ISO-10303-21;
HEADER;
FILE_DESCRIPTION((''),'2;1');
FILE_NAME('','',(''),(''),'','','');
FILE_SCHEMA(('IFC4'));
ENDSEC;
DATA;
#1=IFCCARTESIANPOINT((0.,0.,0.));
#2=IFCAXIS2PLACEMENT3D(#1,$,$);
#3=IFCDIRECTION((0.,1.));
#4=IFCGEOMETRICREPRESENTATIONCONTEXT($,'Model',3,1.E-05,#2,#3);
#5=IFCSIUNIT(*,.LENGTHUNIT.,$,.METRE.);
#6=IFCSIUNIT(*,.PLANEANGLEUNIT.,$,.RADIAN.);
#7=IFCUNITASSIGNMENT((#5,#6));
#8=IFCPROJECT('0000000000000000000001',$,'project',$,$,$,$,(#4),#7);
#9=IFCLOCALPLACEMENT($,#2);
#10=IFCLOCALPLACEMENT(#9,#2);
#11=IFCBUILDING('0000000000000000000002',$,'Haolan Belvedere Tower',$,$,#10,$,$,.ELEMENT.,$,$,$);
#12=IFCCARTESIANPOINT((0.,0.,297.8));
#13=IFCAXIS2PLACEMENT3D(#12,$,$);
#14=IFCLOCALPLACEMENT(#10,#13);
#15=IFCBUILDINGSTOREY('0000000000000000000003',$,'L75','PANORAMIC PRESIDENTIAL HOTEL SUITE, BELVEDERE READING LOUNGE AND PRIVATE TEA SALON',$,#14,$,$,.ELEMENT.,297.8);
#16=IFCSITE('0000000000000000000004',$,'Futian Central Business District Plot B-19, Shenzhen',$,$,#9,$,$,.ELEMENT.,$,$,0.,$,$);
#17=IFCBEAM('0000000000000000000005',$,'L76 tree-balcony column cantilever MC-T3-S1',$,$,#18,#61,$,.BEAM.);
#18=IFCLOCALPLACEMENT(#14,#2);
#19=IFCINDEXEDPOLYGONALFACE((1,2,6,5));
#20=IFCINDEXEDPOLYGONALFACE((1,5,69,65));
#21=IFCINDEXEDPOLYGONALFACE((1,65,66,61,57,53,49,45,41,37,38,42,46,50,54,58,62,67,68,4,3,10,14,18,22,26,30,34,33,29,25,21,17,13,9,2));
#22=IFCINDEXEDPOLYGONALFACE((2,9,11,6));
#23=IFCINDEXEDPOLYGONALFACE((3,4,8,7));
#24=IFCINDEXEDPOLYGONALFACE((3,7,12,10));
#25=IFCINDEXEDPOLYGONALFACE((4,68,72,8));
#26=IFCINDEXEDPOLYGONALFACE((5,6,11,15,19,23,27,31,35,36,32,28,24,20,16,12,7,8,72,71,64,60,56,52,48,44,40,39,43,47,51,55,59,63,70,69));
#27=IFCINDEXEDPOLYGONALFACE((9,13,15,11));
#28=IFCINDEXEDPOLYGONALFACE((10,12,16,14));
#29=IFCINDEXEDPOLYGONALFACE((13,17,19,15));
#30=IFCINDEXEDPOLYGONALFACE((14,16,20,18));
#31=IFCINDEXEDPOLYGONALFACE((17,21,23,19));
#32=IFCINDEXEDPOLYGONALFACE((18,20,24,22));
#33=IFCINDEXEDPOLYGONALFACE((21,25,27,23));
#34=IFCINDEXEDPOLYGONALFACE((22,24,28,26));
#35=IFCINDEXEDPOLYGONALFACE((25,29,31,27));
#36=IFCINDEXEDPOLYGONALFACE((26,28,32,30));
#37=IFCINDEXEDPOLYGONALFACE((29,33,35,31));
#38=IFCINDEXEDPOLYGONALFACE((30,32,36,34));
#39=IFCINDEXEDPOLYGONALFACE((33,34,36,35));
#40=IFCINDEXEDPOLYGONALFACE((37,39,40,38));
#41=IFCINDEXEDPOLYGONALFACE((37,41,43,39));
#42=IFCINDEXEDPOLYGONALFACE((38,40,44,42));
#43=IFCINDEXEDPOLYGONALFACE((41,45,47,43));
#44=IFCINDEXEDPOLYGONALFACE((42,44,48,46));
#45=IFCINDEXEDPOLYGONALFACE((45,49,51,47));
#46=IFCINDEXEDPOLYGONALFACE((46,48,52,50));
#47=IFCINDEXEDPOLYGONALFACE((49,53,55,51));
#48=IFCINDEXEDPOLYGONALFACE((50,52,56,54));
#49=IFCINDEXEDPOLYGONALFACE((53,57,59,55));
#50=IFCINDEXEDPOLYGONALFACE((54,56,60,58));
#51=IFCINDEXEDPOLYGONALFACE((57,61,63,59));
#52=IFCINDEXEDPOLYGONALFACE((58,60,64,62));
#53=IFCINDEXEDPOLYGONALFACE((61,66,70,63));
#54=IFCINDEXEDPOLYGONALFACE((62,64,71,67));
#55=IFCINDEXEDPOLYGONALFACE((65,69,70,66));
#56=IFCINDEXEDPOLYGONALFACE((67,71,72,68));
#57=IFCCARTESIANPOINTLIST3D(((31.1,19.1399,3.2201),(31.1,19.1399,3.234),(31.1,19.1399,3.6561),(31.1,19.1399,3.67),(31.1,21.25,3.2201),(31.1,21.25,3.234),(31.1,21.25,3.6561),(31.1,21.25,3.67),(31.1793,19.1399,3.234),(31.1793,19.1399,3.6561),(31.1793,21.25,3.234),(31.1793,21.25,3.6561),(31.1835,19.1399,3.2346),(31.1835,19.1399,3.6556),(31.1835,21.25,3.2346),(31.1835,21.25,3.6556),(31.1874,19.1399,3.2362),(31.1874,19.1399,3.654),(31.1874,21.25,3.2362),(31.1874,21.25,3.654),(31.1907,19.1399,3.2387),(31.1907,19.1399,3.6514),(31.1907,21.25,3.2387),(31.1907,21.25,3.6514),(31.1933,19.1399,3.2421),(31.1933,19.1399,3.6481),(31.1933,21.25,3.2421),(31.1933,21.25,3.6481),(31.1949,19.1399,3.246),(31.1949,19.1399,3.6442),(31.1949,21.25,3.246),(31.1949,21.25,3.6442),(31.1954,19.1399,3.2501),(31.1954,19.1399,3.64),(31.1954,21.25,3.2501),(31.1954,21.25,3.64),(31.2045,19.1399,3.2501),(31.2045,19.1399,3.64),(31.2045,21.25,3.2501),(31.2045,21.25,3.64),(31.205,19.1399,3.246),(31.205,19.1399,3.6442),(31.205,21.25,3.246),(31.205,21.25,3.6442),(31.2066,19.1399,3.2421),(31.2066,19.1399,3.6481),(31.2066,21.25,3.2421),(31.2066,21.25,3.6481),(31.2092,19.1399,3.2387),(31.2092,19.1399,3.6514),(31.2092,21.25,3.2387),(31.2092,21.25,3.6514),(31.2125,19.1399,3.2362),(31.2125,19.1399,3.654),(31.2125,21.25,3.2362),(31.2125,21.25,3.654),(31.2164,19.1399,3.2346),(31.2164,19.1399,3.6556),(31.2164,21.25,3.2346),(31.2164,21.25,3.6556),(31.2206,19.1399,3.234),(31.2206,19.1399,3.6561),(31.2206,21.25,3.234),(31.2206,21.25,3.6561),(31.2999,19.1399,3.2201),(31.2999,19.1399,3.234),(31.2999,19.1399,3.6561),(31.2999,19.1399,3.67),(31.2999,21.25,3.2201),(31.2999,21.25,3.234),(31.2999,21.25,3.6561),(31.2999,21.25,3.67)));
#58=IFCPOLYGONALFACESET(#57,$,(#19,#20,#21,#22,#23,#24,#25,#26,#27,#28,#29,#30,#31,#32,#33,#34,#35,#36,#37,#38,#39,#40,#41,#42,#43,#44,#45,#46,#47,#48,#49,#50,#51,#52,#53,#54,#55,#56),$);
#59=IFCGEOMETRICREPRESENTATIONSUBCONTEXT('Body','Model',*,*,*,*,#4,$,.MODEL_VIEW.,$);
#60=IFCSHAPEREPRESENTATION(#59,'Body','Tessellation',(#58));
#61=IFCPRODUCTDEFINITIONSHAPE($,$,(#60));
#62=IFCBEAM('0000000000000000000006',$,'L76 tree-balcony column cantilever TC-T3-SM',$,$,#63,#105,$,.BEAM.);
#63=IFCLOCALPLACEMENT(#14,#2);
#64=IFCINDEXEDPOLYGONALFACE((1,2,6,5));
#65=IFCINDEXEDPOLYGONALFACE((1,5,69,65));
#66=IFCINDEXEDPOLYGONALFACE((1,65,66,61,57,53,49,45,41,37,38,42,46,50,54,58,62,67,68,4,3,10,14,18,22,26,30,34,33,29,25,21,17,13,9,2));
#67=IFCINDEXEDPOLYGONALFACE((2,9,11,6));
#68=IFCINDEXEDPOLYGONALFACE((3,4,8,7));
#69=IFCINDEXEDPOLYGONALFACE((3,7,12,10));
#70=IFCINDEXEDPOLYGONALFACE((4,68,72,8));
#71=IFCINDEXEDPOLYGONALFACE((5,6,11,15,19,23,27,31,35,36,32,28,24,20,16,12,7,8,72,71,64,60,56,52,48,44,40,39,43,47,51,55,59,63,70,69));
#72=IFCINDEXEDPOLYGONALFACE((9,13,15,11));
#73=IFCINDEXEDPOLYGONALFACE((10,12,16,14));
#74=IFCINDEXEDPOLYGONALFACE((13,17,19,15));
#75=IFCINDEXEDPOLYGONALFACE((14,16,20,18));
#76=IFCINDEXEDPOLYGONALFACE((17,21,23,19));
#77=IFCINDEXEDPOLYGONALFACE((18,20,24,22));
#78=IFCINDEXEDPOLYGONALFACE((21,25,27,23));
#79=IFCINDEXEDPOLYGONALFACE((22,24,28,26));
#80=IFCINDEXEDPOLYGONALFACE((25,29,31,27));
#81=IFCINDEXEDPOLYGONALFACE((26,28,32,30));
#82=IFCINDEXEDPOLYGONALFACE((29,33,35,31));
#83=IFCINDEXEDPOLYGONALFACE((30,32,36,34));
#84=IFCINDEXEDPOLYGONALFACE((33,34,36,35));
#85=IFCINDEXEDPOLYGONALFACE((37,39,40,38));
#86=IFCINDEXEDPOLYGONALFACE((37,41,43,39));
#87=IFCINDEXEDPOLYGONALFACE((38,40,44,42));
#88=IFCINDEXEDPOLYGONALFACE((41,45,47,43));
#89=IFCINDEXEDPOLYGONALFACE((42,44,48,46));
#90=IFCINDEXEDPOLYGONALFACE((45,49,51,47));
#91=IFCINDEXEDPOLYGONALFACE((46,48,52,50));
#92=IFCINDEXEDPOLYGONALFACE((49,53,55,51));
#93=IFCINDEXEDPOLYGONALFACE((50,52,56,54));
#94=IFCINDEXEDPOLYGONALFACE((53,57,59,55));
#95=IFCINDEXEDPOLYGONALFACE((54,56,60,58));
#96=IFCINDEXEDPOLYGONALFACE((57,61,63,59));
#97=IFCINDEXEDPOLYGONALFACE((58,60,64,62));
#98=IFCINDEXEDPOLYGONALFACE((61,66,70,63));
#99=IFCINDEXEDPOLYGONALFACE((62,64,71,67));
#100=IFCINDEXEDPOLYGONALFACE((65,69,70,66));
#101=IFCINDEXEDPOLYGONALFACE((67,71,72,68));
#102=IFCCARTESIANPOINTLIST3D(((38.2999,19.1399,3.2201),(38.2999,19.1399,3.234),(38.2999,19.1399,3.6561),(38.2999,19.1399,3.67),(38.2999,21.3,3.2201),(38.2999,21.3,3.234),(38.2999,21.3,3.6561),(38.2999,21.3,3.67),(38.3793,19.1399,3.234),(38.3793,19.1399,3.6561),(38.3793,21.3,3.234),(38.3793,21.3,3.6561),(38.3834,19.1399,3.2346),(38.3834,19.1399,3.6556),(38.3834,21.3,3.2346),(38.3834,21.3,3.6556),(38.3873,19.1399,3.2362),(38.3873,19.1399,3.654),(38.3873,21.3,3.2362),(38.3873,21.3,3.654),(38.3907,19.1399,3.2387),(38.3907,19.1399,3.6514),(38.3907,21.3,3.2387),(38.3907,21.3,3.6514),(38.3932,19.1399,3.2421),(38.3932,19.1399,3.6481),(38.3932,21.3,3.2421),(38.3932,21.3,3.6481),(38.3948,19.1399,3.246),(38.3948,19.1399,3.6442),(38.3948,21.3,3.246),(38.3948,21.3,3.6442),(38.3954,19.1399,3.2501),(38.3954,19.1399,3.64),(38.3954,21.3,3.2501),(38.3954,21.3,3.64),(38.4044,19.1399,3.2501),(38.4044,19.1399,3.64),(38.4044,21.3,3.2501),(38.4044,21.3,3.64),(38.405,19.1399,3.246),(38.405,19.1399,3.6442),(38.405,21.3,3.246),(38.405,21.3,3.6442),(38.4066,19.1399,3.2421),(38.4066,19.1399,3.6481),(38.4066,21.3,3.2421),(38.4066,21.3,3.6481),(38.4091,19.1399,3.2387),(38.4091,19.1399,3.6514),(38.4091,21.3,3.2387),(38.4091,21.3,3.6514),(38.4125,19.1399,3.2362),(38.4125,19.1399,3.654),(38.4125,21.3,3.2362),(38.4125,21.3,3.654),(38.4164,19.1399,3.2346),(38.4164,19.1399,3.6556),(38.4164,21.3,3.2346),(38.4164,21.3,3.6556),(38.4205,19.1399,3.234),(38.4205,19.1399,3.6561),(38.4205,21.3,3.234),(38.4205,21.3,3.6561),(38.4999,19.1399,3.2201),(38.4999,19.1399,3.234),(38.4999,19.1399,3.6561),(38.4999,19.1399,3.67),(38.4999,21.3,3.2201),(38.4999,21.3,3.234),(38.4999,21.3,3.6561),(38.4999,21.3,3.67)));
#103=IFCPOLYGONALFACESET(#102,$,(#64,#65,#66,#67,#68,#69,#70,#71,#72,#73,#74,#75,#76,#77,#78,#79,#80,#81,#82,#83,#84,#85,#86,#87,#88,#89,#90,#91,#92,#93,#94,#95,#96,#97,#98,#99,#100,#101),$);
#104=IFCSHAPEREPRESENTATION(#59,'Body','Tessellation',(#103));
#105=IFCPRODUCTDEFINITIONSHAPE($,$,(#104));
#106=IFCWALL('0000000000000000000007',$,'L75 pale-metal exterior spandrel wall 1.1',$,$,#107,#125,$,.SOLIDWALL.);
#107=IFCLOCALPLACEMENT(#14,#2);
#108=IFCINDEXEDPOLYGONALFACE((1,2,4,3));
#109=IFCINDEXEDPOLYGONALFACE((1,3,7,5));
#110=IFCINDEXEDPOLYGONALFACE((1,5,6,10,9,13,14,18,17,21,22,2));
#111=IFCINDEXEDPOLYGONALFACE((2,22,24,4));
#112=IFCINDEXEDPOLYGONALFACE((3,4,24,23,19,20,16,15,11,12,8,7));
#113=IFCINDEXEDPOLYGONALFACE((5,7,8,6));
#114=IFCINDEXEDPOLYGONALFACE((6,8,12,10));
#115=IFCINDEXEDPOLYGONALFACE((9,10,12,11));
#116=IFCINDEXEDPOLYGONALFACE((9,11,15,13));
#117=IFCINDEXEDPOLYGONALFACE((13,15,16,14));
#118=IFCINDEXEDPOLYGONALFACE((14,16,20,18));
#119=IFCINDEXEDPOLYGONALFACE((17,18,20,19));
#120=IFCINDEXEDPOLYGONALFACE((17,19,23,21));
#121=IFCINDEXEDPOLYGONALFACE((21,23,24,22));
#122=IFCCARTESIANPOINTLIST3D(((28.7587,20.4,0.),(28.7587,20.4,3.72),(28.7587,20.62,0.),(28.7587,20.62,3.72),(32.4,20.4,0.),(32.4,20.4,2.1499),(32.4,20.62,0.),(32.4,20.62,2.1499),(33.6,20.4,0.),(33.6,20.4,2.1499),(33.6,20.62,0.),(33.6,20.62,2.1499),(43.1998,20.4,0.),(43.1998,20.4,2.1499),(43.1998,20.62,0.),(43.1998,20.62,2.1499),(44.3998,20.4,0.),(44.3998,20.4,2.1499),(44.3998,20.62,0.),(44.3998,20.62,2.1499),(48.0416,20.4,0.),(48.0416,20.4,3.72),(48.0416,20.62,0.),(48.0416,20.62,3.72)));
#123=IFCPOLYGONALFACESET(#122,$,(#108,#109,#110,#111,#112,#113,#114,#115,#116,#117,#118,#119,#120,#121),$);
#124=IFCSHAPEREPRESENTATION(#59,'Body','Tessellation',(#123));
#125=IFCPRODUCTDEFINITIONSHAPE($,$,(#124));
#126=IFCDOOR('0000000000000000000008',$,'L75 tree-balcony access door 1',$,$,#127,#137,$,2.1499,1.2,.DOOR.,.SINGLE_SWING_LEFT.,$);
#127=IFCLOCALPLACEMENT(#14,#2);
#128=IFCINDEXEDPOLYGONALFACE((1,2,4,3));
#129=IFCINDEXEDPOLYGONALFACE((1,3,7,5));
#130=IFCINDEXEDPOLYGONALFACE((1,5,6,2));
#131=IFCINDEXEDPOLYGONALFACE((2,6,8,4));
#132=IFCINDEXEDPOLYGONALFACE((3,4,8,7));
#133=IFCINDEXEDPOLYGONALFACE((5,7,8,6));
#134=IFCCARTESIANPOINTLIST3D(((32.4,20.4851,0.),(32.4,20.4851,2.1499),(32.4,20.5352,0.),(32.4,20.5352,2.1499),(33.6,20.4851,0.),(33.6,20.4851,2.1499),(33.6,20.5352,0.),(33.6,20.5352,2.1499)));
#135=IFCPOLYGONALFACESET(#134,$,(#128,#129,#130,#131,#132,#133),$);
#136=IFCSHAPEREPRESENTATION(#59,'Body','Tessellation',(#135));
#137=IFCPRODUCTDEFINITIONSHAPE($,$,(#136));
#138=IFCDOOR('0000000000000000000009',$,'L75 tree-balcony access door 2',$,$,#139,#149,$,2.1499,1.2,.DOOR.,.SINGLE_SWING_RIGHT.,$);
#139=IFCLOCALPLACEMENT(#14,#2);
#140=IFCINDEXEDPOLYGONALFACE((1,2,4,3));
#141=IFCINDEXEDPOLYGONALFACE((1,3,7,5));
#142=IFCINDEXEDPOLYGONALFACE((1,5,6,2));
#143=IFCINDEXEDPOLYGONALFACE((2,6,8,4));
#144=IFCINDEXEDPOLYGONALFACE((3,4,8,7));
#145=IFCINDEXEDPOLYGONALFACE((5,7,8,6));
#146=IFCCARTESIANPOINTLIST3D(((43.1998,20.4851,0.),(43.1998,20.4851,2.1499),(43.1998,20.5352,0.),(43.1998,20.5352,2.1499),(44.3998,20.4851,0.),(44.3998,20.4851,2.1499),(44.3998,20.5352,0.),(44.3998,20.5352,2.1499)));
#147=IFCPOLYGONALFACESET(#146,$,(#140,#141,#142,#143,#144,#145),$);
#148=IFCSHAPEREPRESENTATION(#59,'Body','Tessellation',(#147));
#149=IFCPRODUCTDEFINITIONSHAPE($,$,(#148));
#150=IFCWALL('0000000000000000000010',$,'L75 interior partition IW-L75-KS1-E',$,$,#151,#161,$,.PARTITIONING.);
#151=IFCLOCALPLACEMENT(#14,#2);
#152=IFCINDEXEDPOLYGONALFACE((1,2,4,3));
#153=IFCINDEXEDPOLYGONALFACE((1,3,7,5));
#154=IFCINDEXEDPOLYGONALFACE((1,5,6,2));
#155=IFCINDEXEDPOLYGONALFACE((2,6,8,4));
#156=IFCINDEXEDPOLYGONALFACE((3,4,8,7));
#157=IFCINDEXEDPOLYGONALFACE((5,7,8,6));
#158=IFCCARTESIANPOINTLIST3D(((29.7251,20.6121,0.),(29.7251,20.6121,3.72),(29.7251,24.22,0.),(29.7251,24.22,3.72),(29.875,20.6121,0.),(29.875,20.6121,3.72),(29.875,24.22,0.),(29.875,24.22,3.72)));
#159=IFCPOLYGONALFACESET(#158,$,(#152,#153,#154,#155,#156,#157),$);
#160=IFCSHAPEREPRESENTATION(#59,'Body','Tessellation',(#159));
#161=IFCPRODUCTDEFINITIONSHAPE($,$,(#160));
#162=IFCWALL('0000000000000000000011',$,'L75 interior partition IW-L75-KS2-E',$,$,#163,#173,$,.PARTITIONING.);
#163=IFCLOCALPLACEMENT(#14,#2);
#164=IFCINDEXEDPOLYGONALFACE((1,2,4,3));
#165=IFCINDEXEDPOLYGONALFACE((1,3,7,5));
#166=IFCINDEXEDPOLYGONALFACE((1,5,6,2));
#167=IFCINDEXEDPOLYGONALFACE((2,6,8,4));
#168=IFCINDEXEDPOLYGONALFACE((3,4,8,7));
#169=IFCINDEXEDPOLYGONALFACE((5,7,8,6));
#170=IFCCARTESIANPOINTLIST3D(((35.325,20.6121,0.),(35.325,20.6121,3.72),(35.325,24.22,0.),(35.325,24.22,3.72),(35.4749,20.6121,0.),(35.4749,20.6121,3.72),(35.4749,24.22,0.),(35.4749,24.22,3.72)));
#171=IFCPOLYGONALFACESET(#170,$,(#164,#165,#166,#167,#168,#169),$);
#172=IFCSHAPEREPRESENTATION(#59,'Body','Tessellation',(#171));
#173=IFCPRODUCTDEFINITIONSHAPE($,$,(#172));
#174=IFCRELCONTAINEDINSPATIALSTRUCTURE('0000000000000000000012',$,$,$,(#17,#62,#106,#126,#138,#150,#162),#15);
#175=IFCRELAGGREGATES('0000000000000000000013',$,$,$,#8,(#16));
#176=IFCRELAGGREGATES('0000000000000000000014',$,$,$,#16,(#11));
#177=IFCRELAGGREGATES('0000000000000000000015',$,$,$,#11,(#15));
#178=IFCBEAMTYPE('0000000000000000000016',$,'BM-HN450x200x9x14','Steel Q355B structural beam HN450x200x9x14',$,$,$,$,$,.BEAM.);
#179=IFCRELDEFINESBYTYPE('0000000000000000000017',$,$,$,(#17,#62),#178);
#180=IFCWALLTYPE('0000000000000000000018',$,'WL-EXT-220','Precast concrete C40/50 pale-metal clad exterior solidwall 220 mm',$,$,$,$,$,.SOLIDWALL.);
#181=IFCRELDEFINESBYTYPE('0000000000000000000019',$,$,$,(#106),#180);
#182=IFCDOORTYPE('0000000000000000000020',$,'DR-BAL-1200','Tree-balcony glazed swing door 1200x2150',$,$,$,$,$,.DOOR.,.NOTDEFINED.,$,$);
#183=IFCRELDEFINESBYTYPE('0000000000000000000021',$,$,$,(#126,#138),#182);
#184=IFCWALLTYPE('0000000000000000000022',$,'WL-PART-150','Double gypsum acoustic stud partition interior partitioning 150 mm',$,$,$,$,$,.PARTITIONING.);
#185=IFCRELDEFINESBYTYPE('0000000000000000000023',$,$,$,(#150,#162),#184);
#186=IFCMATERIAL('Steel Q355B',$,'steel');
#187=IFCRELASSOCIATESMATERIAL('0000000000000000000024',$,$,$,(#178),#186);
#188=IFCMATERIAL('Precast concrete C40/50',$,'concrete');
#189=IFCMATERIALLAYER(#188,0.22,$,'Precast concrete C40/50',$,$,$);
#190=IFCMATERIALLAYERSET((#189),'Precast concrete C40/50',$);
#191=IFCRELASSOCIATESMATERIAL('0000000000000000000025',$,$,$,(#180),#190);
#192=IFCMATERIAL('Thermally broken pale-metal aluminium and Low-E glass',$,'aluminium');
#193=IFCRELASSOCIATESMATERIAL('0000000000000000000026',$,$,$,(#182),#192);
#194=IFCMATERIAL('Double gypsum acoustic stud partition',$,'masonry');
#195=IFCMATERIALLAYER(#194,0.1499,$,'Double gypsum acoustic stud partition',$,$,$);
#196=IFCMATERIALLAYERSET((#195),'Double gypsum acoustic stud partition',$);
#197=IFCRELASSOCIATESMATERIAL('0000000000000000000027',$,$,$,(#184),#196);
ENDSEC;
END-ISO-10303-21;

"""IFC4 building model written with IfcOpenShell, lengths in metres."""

from ifc_helpers import new_model, si_unit, direction, frame, frame_2d, origin, origin_2d, place, context, subcontext, project, spatial, rectangle, i_section, extrude, material, layer, layer_set, material_profile, profile_set, type_object, element, fill, save


model = new_model("IFC4")

# Units and contexts
model_context = context("Model", 3, precision=1e-05, world=origin(), true_north=direction((0.0, 1.0)))
body_context = subcontext(model_context, "Body", "Model", "MODEL_VIEW")
ifc_project = project(units=[si_unit("LENGTHUNIT", "METRE"), si_unit("PLANEANGLEUNIT", "RADIAN")], contexts=[model_context])

# Site, building, storey
site_placement = place(None, origin())
site = spatial("IfcSite", under=ifc_project, at=site_placement, Name="Futian Central Business District Plot B-19, Shenzhen", CompositionType="ELEMENT", RefElevation=0.0)
building_placement = place(site_placement, origin())
building = spatial("IfcBuilding", under=site, at=building_placement, Name="Haolan Belvedere Tower", CompositionType="ELEMENT")
storey_placement = place(building_placement, frame((0.0, 0.0, 297.8)))
storey = spatial("IfcBuildingStorey", under=building, at=storey_placement, Name="L75", Description="PANORAMIC PRESIDENTIAL HOTEL SUITE, BELVEDERE READING LOUNGE AND PRIVATE TEA SALON", CompositionType="ELEMENT", Elevation=297.8)

# Beams
ifc_material_1 = material(Name="Steel Q355B", Category="steel")
ifc_material_profile_1 = material_profile(ifc_material_1, i_section(OverallWidth=0.2, OverallDepth=0.45, WebThickness=0.009, FlangeThickness=0.0139, FilletRadius=0.0161, at=origin_2d()), Name="Steel Q355B")
ifc_profile_set_1 = profile_set([ifc_material_profile_1], Name="Steel Q355B")
beam_type_1 = type_object("IfcBeamType", Name="BM-HN450x200x9x14", Description="Steel Q355B structural beam HN450x200x9x14", PredefinedType="BEAM", material=ifc_profile_set_1)
beam_1_placement = place(storey_placement, frame((31.2, 21.25, 3.4451), z_axis=(0.0, -1.0, 0.0), x_axis=(1.0, 0.0, 0.0)))
element("IfcBeam", 1, at=beam_1_placement, inside=storey, type_object=beam_type_1, Name="L76 tree-balcony column cantilever MC-T3-S1", PredefinedType="BEAM", context=body_context, shape_type="SweptSolid", body=[
    extrude(i_section(OverallWidth=0.2, OverallDepth=0.45, WebThickness=0.009, FlangeThickness=0.0139, FilletRadius=0.0161, at=origin_2d()), origin(), (0.0, 0.0, 1.0), 2.1101),
])
beam_2_placement = place(storey_placement, frame((38.3999, 21.3, 3.4451), z_axis=(0.0, -1.0, 0.0), x_axis=(1.0, 0.0, 0.0)))
element("IfcBeam", 2, at=beam_2_placement, inside=storey, type_object=beam_type_1, Name="L76 tree-balcony column cantilever TC-T3-SM", PredefinedType="BEAM", context=body_context, shape_type="SweptSolid", body=[
    extrude(i_section(OverallWidth=0.2, OverallDepth=0.45, WebThickness=0.009, FlangeThickness=0.0139, FilletRadius=0.0161, at=origin_2d()), origin(), (0.0, 0.0, 1.0), 2.1602),
])

# Wall, openings, doors
ifc_material_2 = material(Name="Precast concrete C40/50", Category="concrete")
ifc_layer_1 = layer(ifc_material_2, 0.22, Name="Precast concrete C40/50")
ifc_layer_set_1 = layer_set([ifc_layer_1], Name="Precast concrete C40/50")
wall_type_1 = type_object("IfcWallType", Name="WL-EXT-220", Description="Precast concrete C40/50 pale-metal clad exterior solidwall 220 mm", PredefinedType="SOLIDWALL", material=ifc_layer_set_1)
wall_placement = place(storey_placement, frame((28.7585, 20.51, 0.0), z_axis=(0.0, 0.0, 1.0), x_axis=(1.0, 0.0, 0.0)))
wall = element("IfcWall", 3, at=wall_placement, inside=storey, type_object=wall_type_1, Name="L75 pale-metal exterior spandrel wall 1.1", PredefinedType="SOLIDWALL", context=body_context, shape_type="SweptSolid", body=[
    extrude(rectangle(XDim=19.283, YDim=0.22, at=frame_2d((9.6416, 0.0))), origin(), (0.0, 0.0, 1.0), 3.72),
])
opening_1_placement = place(wall_placement, frame((4.8416, 0.0, 0.0), z_axis=(0.0, 0.0, 1.0), x_axis=(-1.0, 0.0, 0.0)))
opening_1 = element("IfcOpeningElement", 4, at=opening_1_placement, cuts=wall, PredefinedType="OPENING", context=body_context, shape_type="SweptSolid", body=[
    extrude(rectangle(XDim=1.2, YDim=2.1499, at=frame_2d((0.6001, 1.075))), frame((0.0, 0.1199, 0.0), z_axis=(0.0, -1.0, 0.0), x_axis=(1.0, 0.0, 0.0)), (0.0, 0.0, 1.0), 0.24),
])
opening_2_placement = place(wall_placement, frame((15.6414, 0.0, 0.0), z_axis=(0.0, 0.0, 1.0), x_axis=(-1.0, 0.0, 0.0)))
opening_2 = element("IfcOpeningElement", 5, at=opening_2_placement, cuts=wall, PredefinedType="OPENING", context=body_context, shape_type="SweptSolid", body=[
    extrude(rectangle(XDim=1.2, YDim=2.1499, at=frame_2d((0.6001, 1.075))), frame((0.0, 0.1199, 0.0), z_axis=(0.0, -1.0, 0.0), x_axis=(1.0, 0.0, 0.0)), (0.0, 0.0, 1.0), 0.24),
])
ifc_material_3 = material(Name="Thermally broken pale-metal aluminium and Low-E glass", Category="aluminium")
door_type = type_object("IfcDoorType", Name="DR-BAL-1200", Description="Tree-balcony glazed swing door 1200x2150", OperationType="NOTDEFINED", PredefinedType="DOOR", material=ifc_material_3)
door_1_placement = place(opening_1_placement, origin())
door_1 = element("IfcDoor", 6, at=door_1_placement, inside=storey, type_object=door_type, Name="L75 tree-balcony access door 1", OperationType="SINGLE_SWING_LEFT", OverallHeight=2.1499, OverallWidth=1.2, PredefinedType="DOOR", context=body_context, shape_type="SweptSolid", body=[
    extrude(rectangle(XDim=1.2, YDim=2.1499, at=frame_2d((0.6001, 1.075))), frame((0.0, 0.0249, 0.0), z_axis=(0.0, -1.0, 0.0), x_axis=(1.0, 0.0, 0.0)), (0.0, 0.0, 1.0), 0.05),
])
fill(opening_1, door_1)
door_2_placement = place(opening_2_placement, origin())
door_2 = element("IfcDoor", 7, at=door_2_placement, inside=storey, type_object=door_type, Name="L75 tree-balcony access door 2", OperationType="SINGLE_SWING_RIGHT", OverallHeight=2.1499, OverallWidth=1.2, PredefinedType="DOOR", context=body_context, shape_type="SweptSolid", body=[
    extrude(rectangle(XDim=1.2, YDim=2.1499, at=frame_2d((0.6001, 1.075))), frame((0.0, 0.0249, 0.0), z_axis=(0.0, -1.0, 0.0), x_axis=(1.0, 0.0, 0.0)), (0.0, 0.0, 1.0), 0.05),
])
fill(opening_2, door_2)

# Walls
ifc_material_4 = material(Name="Double gypsum acoustic stud partition", Category="masonry")
ifc_layer_2 = layer(ifc_material_4, 0.1499, Name="Double gypsum acoustic stud partition")
ifc_layer_set_2 = layer_set([ifc_layer_2], Name="Double gypsum acoustic stud partition")
wall_type_2 = type_object("IfcWallType", Name="WL-PART-150", Description="Double gypsum acoustic stud partition interior partitioning 150 mm", PredefinedType="PARTITIONING", material=ifc_layer_set_2)
for number, where, z_axis, x_axis, name in (
    (8, (29.8, 20.6121, 0.0), (0.0, 0.0, 1.0), (0.0, 1.0, 0.0), "L75 interior partition IW-L75-KS1-E"),
    (9, (35.3999, 20.6121, 0.0), (0.0, 0.0, 1.0), (0.0, 1.0, 0.0), "L75 interior partition IW-L75-KS2-E"),
):
    element("IfcWall", number, at=place(storey_placement, frame(where, z_axis=z_axis, x_axis=x_axis)), inside=storey, type_object=wall_type_2, Name=name, PredefinedType="PARTITIONING", context=body_context, shape_type="SweptSolid", body=[
        extrude(rectangle(XDim=3.6079, YDim=0.1499, at=frame_2d((1.804, 0.0))), origin(), (0.0, 0.0, 1.0), 3.72),
    ])

save(model, "model.ifc")
